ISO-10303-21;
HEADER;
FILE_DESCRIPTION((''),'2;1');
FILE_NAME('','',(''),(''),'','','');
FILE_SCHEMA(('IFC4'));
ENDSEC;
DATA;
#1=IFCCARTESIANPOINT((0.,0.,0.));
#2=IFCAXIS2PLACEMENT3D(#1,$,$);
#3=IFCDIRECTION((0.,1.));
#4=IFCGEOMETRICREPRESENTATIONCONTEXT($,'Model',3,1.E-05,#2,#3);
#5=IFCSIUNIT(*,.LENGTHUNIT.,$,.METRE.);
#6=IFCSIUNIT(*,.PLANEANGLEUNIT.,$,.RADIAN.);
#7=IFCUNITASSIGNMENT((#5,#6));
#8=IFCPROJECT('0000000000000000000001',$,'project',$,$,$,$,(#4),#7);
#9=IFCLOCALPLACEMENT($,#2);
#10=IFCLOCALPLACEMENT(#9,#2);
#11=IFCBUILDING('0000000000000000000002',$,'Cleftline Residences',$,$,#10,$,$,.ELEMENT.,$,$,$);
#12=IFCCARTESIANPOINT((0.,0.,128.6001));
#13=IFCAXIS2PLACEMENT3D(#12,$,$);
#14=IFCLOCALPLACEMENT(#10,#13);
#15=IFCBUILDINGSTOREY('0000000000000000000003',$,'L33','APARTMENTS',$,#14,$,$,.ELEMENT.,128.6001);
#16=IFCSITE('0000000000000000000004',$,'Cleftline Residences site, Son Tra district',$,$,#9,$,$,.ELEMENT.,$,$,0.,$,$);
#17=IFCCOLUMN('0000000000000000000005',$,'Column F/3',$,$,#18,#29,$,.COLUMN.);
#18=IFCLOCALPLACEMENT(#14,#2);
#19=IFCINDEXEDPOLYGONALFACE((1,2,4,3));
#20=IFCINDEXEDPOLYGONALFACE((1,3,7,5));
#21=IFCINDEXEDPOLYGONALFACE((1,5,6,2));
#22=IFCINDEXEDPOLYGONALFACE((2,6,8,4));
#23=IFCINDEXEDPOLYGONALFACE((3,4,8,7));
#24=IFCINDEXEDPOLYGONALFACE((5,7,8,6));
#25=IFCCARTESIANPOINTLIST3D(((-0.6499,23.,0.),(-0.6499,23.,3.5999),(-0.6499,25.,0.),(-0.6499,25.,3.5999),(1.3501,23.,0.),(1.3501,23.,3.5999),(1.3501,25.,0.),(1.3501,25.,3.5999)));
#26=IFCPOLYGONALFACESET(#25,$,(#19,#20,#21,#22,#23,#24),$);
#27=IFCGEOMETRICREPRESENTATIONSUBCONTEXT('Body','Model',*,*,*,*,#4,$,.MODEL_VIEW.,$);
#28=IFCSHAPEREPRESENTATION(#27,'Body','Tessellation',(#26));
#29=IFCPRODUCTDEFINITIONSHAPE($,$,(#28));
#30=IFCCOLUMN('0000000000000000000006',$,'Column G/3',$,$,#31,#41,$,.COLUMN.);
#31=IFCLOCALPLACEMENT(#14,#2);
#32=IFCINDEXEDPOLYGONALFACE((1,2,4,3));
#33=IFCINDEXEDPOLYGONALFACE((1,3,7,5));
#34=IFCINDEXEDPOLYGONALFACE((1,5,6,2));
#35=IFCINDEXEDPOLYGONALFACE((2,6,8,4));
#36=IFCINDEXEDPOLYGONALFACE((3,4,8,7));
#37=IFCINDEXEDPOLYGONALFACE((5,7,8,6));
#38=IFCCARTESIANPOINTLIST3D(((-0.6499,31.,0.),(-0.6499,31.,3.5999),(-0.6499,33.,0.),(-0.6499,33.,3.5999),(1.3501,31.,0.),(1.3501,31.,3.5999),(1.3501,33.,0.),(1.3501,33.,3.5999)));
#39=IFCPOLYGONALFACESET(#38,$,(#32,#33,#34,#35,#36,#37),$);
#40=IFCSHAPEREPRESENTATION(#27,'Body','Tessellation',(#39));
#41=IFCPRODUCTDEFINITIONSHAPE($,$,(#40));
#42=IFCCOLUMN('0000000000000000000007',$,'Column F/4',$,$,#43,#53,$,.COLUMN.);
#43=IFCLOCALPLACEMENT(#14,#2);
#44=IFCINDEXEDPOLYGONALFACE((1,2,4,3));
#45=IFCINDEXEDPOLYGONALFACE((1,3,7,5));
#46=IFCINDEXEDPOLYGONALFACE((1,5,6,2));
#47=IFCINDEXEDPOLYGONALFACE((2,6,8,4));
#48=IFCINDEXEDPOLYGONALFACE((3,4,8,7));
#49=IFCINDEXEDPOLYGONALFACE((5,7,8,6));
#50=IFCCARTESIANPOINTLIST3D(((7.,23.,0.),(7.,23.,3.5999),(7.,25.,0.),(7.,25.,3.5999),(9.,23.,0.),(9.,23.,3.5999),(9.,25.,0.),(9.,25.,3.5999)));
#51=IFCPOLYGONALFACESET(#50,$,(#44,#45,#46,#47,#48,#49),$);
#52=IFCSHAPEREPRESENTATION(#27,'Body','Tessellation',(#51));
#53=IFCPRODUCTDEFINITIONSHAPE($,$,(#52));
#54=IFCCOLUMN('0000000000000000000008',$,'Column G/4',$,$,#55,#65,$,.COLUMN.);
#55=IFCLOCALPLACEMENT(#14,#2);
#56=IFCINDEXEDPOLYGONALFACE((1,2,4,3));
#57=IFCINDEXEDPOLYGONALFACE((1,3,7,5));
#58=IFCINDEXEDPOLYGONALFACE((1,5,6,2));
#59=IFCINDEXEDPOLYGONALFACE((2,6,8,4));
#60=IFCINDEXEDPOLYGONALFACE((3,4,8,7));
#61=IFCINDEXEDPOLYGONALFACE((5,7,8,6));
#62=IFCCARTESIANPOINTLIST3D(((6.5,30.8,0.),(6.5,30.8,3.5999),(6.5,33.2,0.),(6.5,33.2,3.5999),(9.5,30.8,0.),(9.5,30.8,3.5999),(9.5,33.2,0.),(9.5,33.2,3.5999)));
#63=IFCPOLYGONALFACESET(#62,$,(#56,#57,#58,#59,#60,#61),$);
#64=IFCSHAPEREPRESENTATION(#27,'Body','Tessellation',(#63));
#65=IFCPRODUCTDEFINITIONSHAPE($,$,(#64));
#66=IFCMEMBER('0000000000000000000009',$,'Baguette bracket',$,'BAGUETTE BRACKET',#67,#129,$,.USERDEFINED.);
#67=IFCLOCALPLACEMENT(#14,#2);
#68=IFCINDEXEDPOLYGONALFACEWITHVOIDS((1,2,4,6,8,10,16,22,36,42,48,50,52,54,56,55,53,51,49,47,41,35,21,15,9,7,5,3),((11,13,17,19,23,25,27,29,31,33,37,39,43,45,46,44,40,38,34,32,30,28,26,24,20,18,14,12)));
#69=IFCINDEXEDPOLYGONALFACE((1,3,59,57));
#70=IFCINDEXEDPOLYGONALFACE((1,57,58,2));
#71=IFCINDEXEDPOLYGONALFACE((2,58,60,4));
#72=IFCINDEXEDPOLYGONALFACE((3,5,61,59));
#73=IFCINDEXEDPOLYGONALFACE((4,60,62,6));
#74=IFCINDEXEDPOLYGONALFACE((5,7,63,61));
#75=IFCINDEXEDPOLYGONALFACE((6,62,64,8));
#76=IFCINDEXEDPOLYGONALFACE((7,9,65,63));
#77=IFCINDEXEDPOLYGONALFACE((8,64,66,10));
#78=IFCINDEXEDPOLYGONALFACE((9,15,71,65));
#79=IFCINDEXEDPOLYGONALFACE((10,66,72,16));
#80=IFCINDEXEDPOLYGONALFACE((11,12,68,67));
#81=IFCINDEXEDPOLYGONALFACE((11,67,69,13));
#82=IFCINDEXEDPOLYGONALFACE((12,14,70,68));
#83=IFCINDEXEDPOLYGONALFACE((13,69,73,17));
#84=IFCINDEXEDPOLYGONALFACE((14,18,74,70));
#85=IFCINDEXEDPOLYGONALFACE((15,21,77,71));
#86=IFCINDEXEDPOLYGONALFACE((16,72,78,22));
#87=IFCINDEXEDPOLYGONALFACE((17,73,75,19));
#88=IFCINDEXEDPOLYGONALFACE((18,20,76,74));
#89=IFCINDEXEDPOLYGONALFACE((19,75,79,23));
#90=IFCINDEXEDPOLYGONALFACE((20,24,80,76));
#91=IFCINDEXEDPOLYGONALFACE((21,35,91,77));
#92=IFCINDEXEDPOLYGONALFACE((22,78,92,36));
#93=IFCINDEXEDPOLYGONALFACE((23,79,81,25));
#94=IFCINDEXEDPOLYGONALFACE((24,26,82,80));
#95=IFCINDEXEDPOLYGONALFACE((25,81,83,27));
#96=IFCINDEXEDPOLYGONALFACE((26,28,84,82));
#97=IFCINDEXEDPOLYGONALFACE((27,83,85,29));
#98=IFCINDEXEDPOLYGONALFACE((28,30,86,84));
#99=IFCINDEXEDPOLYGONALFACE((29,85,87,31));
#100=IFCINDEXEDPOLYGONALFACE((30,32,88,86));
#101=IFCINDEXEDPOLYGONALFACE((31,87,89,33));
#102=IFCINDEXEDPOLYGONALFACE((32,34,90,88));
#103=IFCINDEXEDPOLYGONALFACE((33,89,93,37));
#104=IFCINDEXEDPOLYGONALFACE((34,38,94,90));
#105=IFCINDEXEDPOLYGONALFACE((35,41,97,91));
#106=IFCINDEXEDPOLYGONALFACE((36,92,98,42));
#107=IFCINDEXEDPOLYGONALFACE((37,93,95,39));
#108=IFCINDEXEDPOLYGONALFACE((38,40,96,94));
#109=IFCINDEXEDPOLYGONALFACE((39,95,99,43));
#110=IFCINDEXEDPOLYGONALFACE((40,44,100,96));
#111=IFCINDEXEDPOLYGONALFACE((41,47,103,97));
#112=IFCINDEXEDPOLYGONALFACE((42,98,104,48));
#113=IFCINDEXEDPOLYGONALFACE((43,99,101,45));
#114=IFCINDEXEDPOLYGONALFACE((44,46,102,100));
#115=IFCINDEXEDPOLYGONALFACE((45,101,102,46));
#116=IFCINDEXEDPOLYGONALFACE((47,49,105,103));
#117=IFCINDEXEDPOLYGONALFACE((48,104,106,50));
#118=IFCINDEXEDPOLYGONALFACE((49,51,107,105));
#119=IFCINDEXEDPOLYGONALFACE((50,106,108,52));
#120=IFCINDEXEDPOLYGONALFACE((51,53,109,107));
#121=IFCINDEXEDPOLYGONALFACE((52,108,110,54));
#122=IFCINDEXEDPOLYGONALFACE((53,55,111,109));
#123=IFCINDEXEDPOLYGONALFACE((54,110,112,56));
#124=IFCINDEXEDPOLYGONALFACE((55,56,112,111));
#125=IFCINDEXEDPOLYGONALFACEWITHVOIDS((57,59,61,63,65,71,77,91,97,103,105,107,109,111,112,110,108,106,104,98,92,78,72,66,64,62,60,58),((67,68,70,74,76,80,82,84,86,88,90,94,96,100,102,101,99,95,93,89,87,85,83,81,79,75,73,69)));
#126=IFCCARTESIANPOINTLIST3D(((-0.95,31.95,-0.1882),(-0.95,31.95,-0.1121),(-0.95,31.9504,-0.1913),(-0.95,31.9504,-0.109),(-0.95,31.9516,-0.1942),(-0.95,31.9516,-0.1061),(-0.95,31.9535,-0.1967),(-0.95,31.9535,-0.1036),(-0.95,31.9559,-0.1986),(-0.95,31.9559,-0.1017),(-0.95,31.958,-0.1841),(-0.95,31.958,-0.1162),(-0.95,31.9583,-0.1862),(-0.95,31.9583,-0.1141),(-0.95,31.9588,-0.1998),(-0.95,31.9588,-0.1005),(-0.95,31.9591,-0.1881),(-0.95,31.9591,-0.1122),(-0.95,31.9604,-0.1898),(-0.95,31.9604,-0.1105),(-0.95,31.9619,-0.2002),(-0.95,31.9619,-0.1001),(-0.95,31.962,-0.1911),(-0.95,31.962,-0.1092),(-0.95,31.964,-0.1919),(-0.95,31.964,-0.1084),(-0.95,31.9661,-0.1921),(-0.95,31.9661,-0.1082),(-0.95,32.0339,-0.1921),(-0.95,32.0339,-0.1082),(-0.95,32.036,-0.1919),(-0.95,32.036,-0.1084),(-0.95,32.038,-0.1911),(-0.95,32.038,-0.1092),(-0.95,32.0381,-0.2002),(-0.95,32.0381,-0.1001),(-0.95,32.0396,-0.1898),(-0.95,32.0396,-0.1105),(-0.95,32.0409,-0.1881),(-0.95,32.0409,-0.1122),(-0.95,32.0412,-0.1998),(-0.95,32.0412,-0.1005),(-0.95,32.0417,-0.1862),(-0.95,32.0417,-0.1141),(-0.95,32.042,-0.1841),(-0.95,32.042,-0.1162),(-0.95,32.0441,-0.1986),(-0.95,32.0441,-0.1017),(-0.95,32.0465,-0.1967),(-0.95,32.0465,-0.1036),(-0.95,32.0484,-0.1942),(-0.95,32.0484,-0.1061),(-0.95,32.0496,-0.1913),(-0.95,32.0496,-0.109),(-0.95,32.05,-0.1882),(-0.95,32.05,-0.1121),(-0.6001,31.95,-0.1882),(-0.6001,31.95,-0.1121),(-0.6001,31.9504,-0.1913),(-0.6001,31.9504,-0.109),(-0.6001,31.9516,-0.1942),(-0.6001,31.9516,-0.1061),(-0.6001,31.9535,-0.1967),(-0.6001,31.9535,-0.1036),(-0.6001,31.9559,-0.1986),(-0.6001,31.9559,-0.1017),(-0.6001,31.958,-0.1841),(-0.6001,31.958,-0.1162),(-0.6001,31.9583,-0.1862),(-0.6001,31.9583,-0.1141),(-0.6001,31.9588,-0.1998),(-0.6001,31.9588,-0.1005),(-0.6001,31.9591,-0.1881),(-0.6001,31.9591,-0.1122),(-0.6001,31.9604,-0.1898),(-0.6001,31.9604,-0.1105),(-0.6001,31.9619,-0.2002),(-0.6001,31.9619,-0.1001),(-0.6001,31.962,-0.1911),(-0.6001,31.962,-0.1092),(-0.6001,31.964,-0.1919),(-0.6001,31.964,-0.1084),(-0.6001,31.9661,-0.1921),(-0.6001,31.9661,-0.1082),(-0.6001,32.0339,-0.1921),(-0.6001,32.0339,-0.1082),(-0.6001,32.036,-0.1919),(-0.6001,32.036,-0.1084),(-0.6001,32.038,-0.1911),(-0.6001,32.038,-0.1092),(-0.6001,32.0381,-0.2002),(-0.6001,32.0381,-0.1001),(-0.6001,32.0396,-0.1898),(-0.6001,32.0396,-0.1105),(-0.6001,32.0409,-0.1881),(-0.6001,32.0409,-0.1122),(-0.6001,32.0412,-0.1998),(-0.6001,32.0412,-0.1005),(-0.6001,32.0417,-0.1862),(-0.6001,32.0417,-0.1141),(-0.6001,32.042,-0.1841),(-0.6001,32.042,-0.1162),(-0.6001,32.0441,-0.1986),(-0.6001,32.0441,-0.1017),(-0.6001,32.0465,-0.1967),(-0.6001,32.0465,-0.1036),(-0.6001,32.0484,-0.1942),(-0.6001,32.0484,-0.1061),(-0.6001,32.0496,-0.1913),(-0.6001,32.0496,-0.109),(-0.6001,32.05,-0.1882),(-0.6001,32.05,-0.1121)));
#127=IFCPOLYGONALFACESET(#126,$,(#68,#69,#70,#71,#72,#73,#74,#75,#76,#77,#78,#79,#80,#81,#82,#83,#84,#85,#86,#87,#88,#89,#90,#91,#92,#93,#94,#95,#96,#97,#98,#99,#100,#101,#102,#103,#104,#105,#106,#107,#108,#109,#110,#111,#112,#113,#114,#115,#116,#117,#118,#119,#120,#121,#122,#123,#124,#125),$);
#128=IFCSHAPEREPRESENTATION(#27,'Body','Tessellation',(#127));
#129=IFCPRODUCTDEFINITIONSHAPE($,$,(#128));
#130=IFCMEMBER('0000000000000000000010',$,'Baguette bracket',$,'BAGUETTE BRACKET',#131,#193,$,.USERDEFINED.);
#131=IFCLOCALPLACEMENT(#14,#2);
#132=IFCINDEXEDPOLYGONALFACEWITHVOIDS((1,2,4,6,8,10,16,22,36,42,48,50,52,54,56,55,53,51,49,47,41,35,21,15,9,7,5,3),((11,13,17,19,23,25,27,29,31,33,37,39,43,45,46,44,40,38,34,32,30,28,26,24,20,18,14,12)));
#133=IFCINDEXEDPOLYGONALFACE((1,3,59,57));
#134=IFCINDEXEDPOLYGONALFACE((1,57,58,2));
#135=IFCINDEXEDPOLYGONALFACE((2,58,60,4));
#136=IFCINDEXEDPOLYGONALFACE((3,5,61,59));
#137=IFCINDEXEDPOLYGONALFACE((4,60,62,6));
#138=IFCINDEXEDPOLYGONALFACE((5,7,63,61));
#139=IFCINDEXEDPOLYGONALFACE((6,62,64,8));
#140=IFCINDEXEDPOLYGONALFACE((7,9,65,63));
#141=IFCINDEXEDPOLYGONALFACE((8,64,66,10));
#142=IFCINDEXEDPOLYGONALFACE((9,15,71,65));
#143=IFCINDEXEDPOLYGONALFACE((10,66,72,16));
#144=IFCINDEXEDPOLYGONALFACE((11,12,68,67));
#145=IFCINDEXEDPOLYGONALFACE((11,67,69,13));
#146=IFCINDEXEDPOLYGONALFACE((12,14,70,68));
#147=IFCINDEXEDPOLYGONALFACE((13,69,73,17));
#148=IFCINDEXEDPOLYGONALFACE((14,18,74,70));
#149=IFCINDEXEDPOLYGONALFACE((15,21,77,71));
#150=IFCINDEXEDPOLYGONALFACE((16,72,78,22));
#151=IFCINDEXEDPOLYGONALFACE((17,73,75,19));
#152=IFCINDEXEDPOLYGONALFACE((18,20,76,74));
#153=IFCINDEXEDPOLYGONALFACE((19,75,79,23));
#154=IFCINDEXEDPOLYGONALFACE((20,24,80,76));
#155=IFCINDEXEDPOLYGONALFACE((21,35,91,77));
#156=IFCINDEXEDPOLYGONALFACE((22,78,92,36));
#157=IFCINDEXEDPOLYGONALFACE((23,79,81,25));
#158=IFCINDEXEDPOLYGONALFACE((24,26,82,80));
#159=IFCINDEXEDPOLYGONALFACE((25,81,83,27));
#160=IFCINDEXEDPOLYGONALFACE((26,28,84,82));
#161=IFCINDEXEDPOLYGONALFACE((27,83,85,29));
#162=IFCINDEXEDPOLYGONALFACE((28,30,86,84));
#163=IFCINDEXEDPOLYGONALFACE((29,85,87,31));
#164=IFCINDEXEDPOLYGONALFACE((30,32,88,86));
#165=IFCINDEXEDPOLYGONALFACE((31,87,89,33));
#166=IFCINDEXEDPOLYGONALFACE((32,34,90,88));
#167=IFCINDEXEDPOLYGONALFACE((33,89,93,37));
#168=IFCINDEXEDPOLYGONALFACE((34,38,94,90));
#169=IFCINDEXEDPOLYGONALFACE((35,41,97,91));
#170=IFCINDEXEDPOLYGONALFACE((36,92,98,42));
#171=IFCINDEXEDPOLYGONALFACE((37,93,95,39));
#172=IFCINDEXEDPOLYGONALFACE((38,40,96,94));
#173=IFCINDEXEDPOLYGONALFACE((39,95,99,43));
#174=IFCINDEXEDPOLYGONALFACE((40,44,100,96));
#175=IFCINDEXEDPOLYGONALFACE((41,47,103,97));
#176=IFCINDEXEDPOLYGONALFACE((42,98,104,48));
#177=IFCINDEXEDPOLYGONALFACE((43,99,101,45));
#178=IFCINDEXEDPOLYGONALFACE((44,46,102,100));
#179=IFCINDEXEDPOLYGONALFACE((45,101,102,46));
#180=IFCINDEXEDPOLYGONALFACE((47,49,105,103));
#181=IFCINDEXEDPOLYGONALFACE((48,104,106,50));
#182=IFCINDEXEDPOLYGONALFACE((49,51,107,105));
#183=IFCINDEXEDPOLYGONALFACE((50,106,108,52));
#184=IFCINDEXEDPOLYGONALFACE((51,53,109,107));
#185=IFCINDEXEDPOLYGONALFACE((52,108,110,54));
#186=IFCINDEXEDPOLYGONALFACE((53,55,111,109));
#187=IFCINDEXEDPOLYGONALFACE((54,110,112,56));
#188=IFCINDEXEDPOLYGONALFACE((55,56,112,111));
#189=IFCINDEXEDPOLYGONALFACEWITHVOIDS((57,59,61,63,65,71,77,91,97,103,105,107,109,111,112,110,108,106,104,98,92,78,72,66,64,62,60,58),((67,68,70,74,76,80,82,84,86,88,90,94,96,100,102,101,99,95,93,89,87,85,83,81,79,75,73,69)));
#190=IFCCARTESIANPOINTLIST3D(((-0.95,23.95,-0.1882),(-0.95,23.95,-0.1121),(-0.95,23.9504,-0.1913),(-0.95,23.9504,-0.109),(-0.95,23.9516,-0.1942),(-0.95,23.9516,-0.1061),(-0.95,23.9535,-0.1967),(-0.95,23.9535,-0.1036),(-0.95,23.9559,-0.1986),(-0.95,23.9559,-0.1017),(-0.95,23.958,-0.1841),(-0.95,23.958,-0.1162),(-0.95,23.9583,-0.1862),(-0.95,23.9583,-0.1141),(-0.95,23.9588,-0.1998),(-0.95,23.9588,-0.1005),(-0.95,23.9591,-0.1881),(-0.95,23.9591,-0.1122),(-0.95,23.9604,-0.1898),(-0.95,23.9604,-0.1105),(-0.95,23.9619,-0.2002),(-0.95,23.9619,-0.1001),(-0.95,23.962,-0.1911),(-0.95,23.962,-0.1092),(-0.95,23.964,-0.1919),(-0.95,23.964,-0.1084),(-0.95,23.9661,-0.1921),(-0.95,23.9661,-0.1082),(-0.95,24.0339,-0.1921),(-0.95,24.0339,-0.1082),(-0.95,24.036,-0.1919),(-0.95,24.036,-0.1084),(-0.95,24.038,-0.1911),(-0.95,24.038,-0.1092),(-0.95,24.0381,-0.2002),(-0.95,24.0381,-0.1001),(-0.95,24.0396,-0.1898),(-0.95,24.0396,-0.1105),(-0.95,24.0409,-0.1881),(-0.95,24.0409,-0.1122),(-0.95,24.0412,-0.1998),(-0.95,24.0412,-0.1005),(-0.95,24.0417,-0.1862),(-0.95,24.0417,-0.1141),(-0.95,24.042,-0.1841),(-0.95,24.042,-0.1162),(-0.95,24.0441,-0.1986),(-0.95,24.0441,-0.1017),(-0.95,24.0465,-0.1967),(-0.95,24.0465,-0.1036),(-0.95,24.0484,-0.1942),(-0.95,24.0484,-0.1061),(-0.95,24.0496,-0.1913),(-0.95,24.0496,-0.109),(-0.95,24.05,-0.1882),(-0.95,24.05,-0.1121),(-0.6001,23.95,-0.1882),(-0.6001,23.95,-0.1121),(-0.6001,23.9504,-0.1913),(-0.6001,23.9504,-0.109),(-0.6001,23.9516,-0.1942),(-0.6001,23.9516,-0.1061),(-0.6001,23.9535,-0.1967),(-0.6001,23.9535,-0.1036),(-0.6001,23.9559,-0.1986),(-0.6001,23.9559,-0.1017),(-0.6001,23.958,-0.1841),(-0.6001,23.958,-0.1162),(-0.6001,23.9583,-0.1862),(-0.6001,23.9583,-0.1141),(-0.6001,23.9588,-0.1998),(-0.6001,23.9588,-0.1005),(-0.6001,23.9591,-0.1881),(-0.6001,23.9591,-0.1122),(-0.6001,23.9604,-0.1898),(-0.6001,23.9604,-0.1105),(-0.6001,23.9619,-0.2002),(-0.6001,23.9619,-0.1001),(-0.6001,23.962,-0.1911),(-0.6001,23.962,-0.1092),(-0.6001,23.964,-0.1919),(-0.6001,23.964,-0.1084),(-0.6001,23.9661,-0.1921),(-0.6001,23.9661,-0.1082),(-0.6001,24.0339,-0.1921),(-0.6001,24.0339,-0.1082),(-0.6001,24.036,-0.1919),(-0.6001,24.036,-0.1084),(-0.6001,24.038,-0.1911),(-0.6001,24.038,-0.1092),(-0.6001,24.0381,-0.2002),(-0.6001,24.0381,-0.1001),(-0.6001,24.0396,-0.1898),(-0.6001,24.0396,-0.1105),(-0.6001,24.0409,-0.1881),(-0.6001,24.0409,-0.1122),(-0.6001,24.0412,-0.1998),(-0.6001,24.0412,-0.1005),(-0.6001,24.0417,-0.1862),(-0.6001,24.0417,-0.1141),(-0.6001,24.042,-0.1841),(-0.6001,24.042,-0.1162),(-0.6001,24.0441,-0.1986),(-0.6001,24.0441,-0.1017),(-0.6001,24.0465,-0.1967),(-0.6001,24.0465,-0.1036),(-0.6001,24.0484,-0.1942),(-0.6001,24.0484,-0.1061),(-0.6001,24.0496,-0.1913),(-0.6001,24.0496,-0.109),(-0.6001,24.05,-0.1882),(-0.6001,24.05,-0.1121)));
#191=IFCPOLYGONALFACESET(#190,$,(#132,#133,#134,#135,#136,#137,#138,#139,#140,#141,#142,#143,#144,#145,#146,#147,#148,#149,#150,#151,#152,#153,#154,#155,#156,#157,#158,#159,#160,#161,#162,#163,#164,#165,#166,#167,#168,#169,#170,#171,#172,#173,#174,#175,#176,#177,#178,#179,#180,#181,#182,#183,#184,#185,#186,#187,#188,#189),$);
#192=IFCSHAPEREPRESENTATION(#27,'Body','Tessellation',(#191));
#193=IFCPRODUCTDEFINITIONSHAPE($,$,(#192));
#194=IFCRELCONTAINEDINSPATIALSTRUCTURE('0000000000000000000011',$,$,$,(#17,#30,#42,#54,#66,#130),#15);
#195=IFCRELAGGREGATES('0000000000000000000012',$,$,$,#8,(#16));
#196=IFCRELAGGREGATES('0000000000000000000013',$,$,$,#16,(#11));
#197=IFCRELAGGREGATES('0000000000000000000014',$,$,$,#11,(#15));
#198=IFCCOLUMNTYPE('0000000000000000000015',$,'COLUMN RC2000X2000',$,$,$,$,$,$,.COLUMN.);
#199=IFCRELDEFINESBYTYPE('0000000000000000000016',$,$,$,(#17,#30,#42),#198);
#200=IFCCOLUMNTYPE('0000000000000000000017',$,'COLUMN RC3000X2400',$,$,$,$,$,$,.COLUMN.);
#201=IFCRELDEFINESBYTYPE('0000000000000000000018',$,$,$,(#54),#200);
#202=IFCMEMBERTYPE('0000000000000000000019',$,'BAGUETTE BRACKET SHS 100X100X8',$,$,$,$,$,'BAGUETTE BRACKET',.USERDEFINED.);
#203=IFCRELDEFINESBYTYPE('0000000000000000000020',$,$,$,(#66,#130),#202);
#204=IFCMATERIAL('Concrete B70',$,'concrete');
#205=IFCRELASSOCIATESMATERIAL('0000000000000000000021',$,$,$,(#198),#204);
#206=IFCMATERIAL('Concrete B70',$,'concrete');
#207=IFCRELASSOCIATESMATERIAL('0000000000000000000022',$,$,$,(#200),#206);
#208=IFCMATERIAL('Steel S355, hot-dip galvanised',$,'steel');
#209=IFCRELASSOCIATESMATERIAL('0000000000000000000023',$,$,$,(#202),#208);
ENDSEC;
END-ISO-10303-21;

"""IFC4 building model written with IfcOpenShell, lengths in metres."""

from ifc_helpers import new_model, si_unit, direction, frame, origin, origin_2d, place, context, subcontext, project, spatial, rectangle, hollow_rectangle, extrude, material, material_profile, profile_set, type_object, element, save


model = new_model("IFC4")

# Units and contexts
model_context = context("Model", 3, precision=1e-05, world=origin(), true_north=direction((0.0, 1.0)))
body_context = subcontext(model_context, "Body", "Model", "MODEL_VIEW")
ifc_project = project(units=[si_unit("LENGTHUNIT", "METRE"), si_unit("PLANEANGLEUNIT", "RADIAN")], contexts=[model_context])

# Site, building, storey
site_placement = place(None, origin())
site = spatial("IfcSite", under=ifc_project, at=site_placement, Name="Cleftline Residences site, Son Tra district", CompositionType="ELEMENT", RefElevation=0.0)
building_placement = place(site_placement, origin())
building = spatial("IfcBuilding", under=site, at=building_placement, Name="Cleftline Residences", CompositionType="ELEMENT")
storey_placement = place(building_placement, frame((0.0, 0.0, 128.6001)))
storey = spatial("IfcBuildingStorey", under=building, at=storey_placement, Name="L33", Description="APARTMENTS", CompositionType="ELEMENT", Elevation=128.6001)

# Columns
ifc_material_1 = material(Name="Concrete B70", Category="concrete")
ifc_material_profile_1 = material_profile(ifc_material_1, rectangle(XDim=2.0, YDim=2.0, at=origin_2d()))
ifc_profile_set_1 = profile_set([ifc_material_profile_1], Name="Concrete B70")
column_type_1 = type_object("IfcColumnType", Name="COLUMN RC2000X2000", PredefinedType="COLUMN", material=ifc_profile_set_1)
for number, where, z_axis, x_axis, name in (
    (1, (0.3501, 24.0, 0.0), (0.0, 0.0, 1.0), (1.0, 0.0, 0.0), "Column F/3"),
    (2, (0.3501, 32.0, 0.0), (0.0, 0.0, 1.0), (1.0, 0.0, 0.0), "Column G/3"),
    (3, (8.0, 24.0, 0.0), (0.0, 0.0, 1.0), (1.0, 0.0, 0.0), "Column F/4"),
):
    element("IfcColumn", number, at=place(storey_placement, frame(where, z_axis=z_axis, x_axis=x_axis)), inside=storey, type_object=column_type_1, Name=name, PredefinedType="COLUMN", context=body_context, shape_type="SweptSolid", body=[
        extrude(rectangle(XDim=2.0, YDim=2.0, at=origin_2d()), origin(), (0.0, 0.0, 1.0), 3.5999),
    ])
ifc_material_2 = material(Name="Concrete B70", Category="concrete")
ifc_material_profile_2 = material_profile(ifc_material_2, rectangle(XDim=3.0, YDim=2.3999, at=origin_2d()))
ifc_profile_set_2 = profile_set([ifc_material_profile_2], Name="Concrete B70")
column_type_2 = type_object("IfcColumnType", Name="COLUMN RC3000X2400", PredefinedType="COLUMN", material=ifc_profile_set_2)
column_placement = place(storey_placement, frame((8.0, 32.0, 0.0), z_axis=(0.0, 0.0, 1.0), x_axis=(1.0, 0.0, 0.0)))
element("IfcColumn", 4, at=column_placement, inside=storey, type_object=column_type_2, Name="Column G/4", PredefinedType="COLUMN", context=body_context, shape_type="SweptSolid", body=[
    extrude(rectangle(XDim=3.0, YDim=2.3999, at=origin_2d()), origin(), (0.0, 0.0, 1.0), 3.5999),
])

# Members
ifc_material_3 = material(Name="Steel S355, hot-dip galvanised", Category="steel")
ifc_material_profile_3 = material_profile(ifc_material_3, hollow_rectangle(XDim=0.1001, YDim=0.1001, WallThickness=0.0081, InnerFilletRadius=0.0081, OuterFilletRadius=0.012, at=origin_2d()))
ifc_profile_set_3 = profile_set([ifc_material_profile_3], Name="Steel S355, hot-dip galvanised")
member_type_1 = type_object("IfcMemberType", Name="BAGUETTE BRACKET SHS 100X100X8", ElementType="BAGUETTE BRACKET", PredefinedType="USERDEFINED", material=ifc_profile_set_3)
for number, where, z_axis, x_axis, name in (
    (5, (-0.6001, 32.0, -0.1501), (-1.0, 0.0, 0.0), (0.0, -1.0, 0.0), "Baguette bracket"),
    (6, (-0.6001, 24.0, -0.1501), (-1.0, 0.0, 0.0), (0.0, -1.0, 0.0), "Baguette bracket"),
):
    element("IfcMember", number, at=place(storey_placement, frame(where, z_axis=z_axis, x_axis=x_axis)), inside=storey, type_object=member_type_1, Name=name, ObjectType="BAGUETTE BRACKET", PredefinedType="USERDEFINED", context=body_context, shape_type="SweptSolid", body=[
        extrude(hollow_rectangle(XDim=0.1001, YDim=0.1001, WallThickness=0.0081, InnerFilletRadius=0.0081, OuterFilletRadius=0.012, at=origin_2d()), origin(), (0.0, 0.0, 1.0), 0.3499),
    ])

save(model, "model.ifc")
